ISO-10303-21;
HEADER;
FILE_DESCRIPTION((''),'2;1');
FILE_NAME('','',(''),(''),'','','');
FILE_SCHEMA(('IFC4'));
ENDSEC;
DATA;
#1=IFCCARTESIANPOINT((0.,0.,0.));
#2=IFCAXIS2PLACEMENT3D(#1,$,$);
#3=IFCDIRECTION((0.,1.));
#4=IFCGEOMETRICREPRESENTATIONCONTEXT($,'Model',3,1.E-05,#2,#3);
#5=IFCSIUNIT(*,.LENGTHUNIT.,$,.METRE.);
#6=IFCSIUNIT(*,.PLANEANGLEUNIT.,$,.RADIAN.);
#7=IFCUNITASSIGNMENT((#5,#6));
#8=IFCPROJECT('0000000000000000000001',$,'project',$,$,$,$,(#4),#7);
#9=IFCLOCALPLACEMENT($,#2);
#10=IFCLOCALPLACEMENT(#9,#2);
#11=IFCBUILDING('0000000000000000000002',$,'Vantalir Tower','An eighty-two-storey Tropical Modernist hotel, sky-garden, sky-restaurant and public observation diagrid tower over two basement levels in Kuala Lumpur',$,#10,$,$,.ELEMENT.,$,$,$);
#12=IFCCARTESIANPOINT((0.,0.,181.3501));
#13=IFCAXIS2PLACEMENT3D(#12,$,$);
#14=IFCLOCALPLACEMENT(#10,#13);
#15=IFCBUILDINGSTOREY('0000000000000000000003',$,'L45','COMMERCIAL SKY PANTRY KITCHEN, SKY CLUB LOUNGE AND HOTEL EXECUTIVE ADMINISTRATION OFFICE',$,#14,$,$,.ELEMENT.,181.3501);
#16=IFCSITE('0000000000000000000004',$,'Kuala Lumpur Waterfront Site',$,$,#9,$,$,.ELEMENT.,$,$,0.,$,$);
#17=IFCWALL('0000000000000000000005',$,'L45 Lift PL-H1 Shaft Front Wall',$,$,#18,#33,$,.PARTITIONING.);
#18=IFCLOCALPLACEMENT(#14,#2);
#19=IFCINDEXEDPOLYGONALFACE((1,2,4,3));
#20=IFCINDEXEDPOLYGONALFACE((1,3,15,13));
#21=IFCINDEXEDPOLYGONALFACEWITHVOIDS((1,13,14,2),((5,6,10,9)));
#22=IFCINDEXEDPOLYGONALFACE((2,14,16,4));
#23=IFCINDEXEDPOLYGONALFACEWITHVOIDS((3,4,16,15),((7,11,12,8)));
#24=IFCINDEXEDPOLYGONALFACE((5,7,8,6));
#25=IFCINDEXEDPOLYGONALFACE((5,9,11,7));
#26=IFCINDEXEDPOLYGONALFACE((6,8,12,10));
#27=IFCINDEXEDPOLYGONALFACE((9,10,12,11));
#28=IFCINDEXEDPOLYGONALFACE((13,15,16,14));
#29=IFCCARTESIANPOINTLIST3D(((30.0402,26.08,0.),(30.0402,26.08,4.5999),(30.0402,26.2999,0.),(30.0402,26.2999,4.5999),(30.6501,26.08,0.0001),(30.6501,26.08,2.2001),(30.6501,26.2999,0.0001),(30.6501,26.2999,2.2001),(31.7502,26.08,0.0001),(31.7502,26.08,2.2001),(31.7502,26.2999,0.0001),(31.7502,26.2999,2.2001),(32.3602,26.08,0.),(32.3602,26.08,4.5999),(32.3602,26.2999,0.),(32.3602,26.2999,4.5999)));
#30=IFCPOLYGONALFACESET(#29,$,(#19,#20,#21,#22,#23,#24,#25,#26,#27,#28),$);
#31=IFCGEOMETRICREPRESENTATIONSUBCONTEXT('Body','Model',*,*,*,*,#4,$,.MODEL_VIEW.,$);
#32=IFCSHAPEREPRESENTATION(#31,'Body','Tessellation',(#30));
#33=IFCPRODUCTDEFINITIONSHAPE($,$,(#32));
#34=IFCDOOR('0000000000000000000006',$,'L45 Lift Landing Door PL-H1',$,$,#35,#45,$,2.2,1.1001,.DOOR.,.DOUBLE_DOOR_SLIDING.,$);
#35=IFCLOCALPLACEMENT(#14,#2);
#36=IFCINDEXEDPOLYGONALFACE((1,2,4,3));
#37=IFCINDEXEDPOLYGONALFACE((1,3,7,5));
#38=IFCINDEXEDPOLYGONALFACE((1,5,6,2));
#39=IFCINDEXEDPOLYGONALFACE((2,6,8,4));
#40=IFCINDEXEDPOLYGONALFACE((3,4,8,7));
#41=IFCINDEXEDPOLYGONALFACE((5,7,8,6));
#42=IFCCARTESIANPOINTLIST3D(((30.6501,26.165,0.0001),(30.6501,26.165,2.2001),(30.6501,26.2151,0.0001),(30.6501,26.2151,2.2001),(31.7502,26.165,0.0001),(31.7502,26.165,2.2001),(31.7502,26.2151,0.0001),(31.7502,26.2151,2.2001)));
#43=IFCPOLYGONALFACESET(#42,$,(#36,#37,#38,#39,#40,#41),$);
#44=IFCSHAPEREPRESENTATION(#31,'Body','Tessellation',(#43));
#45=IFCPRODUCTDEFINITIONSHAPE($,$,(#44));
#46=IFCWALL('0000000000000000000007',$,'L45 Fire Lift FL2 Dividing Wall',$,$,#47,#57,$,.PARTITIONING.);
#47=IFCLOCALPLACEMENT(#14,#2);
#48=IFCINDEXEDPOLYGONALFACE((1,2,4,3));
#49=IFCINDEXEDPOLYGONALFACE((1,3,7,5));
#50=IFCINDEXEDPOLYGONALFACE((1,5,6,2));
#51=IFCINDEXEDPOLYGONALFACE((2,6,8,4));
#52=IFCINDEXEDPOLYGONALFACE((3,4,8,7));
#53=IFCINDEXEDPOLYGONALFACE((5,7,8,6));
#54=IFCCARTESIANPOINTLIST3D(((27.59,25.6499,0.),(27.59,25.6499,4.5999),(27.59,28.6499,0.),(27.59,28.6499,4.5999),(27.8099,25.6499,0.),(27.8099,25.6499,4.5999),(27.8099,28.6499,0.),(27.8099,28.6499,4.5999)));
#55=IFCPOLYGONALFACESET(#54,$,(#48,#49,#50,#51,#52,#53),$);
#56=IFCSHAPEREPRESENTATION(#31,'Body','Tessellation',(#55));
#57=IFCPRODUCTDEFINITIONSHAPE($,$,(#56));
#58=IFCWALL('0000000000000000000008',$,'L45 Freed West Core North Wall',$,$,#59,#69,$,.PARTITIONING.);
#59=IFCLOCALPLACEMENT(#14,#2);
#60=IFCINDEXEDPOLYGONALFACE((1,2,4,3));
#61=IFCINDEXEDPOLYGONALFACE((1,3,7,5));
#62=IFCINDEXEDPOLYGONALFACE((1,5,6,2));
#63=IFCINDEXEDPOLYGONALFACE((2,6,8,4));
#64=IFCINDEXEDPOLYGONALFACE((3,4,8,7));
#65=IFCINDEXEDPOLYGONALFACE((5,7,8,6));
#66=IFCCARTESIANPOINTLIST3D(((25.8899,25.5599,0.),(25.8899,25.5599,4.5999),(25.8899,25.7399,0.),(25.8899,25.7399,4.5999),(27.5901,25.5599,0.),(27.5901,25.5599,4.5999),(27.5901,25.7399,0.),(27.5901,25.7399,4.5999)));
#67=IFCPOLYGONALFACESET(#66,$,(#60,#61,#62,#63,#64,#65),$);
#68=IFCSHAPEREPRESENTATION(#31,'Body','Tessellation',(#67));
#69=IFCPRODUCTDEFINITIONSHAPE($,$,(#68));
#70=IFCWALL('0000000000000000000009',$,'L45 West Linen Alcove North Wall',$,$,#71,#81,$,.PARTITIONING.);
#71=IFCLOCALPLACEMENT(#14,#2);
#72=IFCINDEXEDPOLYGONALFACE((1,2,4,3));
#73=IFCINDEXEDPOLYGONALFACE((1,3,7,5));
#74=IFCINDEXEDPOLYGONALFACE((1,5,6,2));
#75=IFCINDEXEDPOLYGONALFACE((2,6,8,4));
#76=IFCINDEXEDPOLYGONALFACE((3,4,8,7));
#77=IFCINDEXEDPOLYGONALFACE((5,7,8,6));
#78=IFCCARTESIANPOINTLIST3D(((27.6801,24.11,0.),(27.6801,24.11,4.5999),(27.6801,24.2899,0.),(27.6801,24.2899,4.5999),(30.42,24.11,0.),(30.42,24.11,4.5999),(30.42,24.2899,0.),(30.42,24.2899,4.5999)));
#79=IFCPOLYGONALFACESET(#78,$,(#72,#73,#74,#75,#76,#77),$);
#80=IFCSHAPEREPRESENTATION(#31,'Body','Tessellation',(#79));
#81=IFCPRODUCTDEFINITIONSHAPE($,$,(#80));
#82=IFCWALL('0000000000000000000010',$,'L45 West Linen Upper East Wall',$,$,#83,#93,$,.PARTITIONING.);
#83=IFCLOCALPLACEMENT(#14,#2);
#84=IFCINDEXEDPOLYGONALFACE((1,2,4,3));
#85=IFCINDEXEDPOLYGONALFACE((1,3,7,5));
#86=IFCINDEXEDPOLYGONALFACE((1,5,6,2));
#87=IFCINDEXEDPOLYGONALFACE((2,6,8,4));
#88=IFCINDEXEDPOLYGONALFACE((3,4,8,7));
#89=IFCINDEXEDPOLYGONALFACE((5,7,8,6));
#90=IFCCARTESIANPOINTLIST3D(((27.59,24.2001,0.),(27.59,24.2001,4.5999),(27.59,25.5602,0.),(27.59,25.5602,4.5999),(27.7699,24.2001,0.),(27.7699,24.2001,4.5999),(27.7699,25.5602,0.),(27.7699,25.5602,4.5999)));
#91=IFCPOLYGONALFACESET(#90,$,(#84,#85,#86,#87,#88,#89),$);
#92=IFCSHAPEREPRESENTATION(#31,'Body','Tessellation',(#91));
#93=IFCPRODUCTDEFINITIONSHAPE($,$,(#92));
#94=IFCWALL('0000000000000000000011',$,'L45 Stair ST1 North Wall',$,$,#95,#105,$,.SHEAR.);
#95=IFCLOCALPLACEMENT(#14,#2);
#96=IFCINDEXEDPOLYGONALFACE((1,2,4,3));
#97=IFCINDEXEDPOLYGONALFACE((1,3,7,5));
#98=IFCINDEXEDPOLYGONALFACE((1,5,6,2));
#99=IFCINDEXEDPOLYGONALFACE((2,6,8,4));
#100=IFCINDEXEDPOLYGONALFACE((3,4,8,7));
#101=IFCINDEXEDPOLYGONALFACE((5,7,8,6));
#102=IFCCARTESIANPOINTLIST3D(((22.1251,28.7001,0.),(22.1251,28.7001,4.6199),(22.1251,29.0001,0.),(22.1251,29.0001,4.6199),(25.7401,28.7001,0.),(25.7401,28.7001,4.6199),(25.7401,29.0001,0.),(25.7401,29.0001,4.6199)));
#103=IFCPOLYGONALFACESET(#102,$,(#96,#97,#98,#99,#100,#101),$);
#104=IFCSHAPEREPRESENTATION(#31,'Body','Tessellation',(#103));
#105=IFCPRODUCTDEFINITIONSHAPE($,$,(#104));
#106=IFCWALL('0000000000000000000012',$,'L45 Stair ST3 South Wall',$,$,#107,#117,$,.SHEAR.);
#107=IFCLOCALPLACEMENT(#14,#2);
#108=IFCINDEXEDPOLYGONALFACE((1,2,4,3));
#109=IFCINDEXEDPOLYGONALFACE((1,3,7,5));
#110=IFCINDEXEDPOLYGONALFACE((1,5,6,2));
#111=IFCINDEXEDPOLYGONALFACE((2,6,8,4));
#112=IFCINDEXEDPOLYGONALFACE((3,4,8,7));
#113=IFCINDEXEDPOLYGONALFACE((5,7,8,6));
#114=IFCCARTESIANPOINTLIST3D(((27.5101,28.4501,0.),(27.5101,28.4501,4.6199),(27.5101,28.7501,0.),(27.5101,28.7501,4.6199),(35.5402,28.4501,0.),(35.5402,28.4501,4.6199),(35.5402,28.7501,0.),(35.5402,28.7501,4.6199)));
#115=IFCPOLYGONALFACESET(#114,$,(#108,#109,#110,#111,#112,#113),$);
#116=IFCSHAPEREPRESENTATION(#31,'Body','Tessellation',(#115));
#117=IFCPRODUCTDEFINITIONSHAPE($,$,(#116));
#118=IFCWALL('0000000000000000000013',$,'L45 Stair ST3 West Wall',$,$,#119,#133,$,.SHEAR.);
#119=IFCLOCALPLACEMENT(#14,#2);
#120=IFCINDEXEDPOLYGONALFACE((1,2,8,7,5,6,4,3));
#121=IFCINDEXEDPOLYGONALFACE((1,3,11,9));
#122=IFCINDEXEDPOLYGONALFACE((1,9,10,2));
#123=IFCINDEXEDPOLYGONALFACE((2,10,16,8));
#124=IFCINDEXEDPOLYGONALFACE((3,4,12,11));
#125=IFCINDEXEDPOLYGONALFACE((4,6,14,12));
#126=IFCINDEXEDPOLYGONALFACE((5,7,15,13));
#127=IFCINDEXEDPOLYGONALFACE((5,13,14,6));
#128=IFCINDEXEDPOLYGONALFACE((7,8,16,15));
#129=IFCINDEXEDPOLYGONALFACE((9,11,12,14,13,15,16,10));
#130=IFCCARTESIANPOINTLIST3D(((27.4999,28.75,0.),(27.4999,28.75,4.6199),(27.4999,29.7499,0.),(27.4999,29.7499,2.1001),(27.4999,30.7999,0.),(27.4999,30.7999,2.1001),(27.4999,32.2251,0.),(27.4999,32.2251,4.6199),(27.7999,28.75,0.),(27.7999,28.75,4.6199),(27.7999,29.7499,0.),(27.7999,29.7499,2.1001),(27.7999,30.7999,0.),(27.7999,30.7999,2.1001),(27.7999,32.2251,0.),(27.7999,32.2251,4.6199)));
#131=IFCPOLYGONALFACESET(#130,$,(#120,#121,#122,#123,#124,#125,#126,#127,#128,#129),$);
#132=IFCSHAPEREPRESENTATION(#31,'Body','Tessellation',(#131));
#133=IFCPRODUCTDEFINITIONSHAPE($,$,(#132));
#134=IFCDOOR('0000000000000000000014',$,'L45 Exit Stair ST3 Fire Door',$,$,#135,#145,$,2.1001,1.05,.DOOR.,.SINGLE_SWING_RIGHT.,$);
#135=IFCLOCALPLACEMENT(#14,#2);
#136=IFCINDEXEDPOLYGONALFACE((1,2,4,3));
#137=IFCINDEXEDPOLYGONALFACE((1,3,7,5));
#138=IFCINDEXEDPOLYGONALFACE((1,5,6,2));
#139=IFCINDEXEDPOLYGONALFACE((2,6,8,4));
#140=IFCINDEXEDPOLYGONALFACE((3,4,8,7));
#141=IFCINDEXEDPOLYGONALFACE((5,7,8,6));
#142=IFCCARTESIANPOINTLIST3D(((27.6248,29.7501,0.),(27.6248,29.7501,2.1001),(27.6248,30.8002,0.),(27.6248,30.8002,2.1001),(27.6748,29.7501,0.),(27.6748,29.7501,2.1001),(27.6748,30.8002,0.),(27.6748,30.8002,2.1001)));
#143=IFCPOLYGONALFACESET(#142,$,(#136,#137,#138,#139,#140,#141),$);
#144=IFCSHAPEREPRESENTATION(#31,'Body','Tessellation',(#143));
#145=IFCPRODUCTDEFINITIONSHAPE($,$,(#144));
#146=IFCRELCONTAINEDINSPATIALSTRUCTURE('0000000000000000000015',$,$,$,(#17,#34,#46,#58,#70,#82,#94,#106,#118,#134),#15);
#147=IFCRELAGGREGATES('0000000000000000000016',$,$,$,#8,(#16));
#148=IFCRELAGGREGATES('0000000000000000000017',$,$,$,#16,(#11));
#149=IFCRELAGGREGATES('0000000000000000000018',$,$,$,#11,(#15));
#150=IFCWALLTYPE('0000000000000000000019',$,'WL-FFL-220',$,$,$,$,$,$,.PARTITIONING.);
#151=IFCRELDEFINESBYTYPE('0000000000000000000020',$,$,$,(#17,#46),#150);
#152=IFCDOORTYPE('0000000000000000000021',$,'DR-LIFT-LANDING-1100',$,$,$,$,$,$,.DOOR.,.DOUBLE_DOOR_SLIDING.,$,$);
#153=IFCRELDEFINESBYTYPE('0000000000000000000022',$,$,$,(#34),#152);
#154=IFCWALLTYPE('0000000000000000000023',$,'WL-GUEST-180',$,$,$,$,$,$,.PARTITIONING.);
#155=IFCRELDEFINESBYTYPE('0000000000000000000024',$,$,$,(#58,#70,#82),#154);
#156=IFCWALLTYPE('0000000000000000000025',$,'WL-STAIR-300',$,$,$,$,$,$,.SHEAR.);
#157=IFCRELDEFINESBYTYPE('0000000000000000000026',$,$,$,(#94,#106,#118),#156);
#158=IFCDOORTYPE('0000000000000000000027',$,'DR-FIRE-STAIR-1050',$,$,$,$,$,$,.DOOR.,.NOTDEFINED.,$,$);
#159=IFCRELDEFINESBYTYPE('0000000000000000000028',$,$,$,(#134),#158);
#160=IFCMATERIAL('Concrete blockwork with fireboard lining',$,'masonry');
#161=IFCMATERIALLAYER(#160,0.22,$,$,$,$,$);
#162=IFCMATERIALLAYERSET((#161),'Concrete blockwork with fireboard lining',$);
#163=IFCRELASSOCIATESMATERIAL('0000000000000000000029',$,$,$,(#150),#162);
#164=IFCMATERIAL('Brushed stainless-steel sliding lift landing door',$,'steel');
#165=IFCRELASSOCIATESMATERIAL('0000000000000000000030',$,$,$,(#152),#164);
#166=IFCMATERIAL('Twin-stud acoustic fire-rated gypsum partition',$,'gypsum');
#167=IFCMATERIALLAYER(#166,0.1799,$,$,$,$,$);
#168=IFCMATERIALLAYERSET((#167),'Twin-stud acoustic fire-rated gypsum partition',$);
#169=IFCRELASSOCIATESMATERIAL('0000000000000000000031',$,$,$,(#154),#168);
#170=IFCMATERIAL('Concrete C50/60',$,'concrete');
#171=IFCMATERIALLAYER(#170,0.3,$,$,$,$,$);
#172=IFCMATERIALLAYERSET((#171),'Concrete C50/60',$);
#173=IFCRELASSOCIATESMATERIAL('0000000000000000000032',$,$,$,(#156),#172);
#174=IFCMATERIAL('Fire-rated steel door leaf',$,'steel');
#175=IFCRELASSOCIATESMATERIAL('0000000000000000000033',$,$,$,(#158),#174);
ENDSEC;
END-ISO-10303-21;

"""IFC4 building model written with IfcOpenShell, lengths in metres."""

from ifc_helpers import new_model, si_unit, direction, frame, frame_2d, origin, place, context, subcontext, project, spatial, rectangle, extrude, material, layer, layer_set, type_object, element, fill, save


model = new_model("IFC4")

# Units and contexts
model_context = context("Model", 3, precision=1e-05, world=origin(), true_north=direction((0.0, 1.0)))
body_context = subcontext(model_context, "Body", "Model", "MODEL_VIEW")
ifc_project = project(units=[si_unit("LENGTHUNIT", "METRE"), si_unit("PLANEANGLEUNIT", "RADIAN")], contexts=[model_context])

# Site, building, storey
site_placement = place(None, origin())
site = spatial("IfcSite", under=ifc_project, at=site_placement, Name="Kuala Lumpur Waterfront Site", CompositionType="ELEMENT", RefElevation=0.0)
building_placement = place(site_placement, origin())
building = spatial("IfcBuilding", under=site, at=building_placement, Name="Vantalir Tower", Description="An eighty-two-storey Tropical Modernist hotel, sky-garden, sky-restaurant and public observation diagrid tower over two basement levels in Kuala Lumpur", CompositionType="ELEMENT")
storey_placement = place(building_placement, frame((0.0, 0.0, 181.3501)))
storey = spatial("IfcBuildingStorey", under=building, at=storey_placement, Name="L45", Description="COMMERCIAL SKY PANTRY KITCHEN, SKY CLUB LOUNGE AND HOTEL EXECUTIVE ADMINISTRATION OFFICE", CompositionType="ELEMENT", Elevation=181.3501)

# Shared definitions
ifc_material_1 = material(Name="Concrete C50/60", Category="concrete")

# Shared definitions
ifc_material_2 = material(Name="Concrete blockwork with fireboard lining", Category="masonry")
ifc_layer_1 = layer(ifc_material_2, 0.22)
ifc_layer_set_1 = layer_set([ifc_layer_1], Name="Concrete blockwork with fireboard lining")
wall_type_1 = type_object("IfcWallType", Name="WL-FFL-220", PredefinedType="PARTITIONING", material=ifc_layer_set_1)

# Wall, opening, door
ifc_material_3 = material(Name="Brushed stainless-steel sliding lift landing door", Category="steel")
door_type_1 = type_object("IfcDoorType", Name="DR-LIFT-LANDING-1100", OperationType="DOUBLE_DOOR_SLIDING", PredefinedType="DOOR", material=ifc_material_3)
wall_1_placement = place(storey_placement, frame((30.04, 26.1899, 0.0), z_axis=(0.0, 0.0, 1.0), x_axis=(1.0, 0.0, 0.0)))
wall_1 = element("IfcWall", 1, at=wall_1_placement, inside=storey, type_object=wall_type_1, Name="L45 Lift PL-H1 Shaft Front Wall", PredefinedType="PARTITIONING", context=body_context, shape_type="SweptSolid", body=[
    extrude(rectangle(XDim=2.3201, YDim=0.22, at=frame_2d((1.1602, 0.0))), origin(), (0.0, 0.0, 1.0), 4.5999),
])
opening_1_placement = place(wall_1_placement, frame((0.6101, 0.0, 0.0)))
opening_1 = element("IfcOpeningElement", 2, at=opening_1_placement, cuts=wall_1, PredefinedType="OPENING", context=body_context, shape_type="SweptSolid", body=[
    extrude(rectangle(XDim=1.1001, YDim=2.2, at=frame_2d((0.55, 1.1001))), frame((0.0, 0.1199, 0.0), z_axis=(0.0, -1.0, 0.0), x_axis=(1.0, 0.0, 0.0)), (0.0, 0.0, 1.0), 0.24),
])
door_1_placement = place(opening_1_placement, frame((1.1001, 0.0, 0.0), z_axis=(0.0, 0.0, 1.0), x_axis=(-1.0, 0.0, 0.0)))
door_1 = element("IfcDoor", 3, at=door_1_placement, inside=storey, type_object=door_type_1, Name="L45 Lift Landing Door PL-H1", OperationType="DOUBLE_DOOR_SLIDING", OverallHeight=2.2, OverallWidth=1.1001, PredefinedType="DOOR", context=body_context, shape_type="SweptSolid", body=[
    extrude(rectangle(XDim=1.1001, YDim=2.2, at=frame_2d((0.55, 1.1001))), frame((0.0, 0.0249, 0.0), z_axis=(0.0, -1.0, 0.0), x_axis=(1.0, 0.0, 0.0)), (0.0, 0.0, 1.0), 0.05),
])
fill(opening_1, door_1)

# Walls
wall_2_placement = place(storey_placement, frame((27.7, 25.6499, 0.0), z_axis=(0.0, 0.0, 1.0), x_axis=(0.0, 1.0, 0.0)))
element("IfcWall", 4, at=wall_2_placement, inside=storey, type_object=wall_type_1, Name="L45 Fire Lift FL2 Dividing Wall", PredefinedType="PARTITIONING", context=body_context, shape_type="SweptSolid", body=[
    extrude(rectangle(XDim=3.0, YDim=0.22, at=frame_2d((1.5, 0.0))), origin(), (0.0, 0.0, 1.0), 4.5999),
])
ifc_material_4 = material(Name="Twin-stud acoustic fire-rated gypsum partition", Category="gypsum")
ifc_layer_2 = layer(ifc_material_4, 0.1799)
ifc_layer_set_2 = layer_set([ifc_layer_2], Name="Twin-stud acoustic fire-rated gypsum partition")
wall_type_2 = type_object("IfcWallType", Name="WL-GUEST-180", PredefinedType="PARTITIONING", material=ifc_layer_set_2)
wall_3_placement = place(storey_placement, frame((25.8899, 25.6499, 0.0), z_axis=(0.0, 0.0, 1.0), x_axis=(1.0, 0.0, 0.0)))
element("IfcWall", 5, at=wall_3_placement, inside=storey, type_object=wall_type_2, Name="L45 Freed West Core North Wall", PredefinedType="PARTITIONING", context=body_context, shape_type="SweptSolid", body=[
    extrude(rectangle(XDim=1.7002, YDim=0.1799, at=frame_2d((0.8501, 0.0))), origin(), (0.0, 0.0, 1.0), 4.5999),
])
wall_4_placement = place(storey_placement, frame((27.6799, 24.2, 0.0), z_axis=(0.0, 0.0, 1.0), x_axis=(1.0, 0.0, 0.0)))
element("IfcWall", 6, at=wall_4_placement, inside=storey, type_object=wall_type_2, Name="L45 West Linen Alcove North Wall", PredefinedType="PARTITIONING", context=body_context, shape_type="SweptSolid", body=[
    extrude(rectangle(XDim=2.74, YDim=0.1799, at=frame_2d((1.3701, 0.0))), origin(), (0.0, 0.0, 1.0), 4.5999),
])
wall_5_placement = place(storey_placement, frame((27.6799, 24.2, 0.0), z_axis=(0.0, 0.0, 1.0), x_axis=(0.0, 1.0, 0.0)))
element("IfcWall", 7, at=wall_5_placement, inside=storey, type_object=wall_type_2, Name="L45 West Linen Upper East Wall", PredefinedType="PARTITIONING", context=body_context, shape_type="SweptSolid", body=[
    extrude(rectangle(XDim=1.3601, YDim=0.1799, at=frame_2d((0.6802, 0.0))), origin(), (0.0, 0.0, 1.0), 4.5999),
])
ifc_layer_3 = layer(ifc_material_1, 0.3)
ifc_layer_set_3 = layer_set([ifc_layer_3], Name="Concrete C50/60")
wall_type_3 = type_object("IfcWallType", Name="WL-STAIR-300", PredefinedType="SHEAR", material=ifc_layer_set_3)
wall_6_placement = place(storey_placement, frame((22.125, 28.8501, 0.0), z_axis=(0.0, 0.0, 1.0), x_axis=(1.0, 0.0, 0.0)))
element("IfcWall", 8, at=wall_6_placement, inside=storey, type_object=wall_type_3, Name="L45 Stair ST1 North Wall", PredefinedType="SHEAR", context=body_context, shape_type="SweptSolid", body=[
    extrude(rectangle(XDim=3.615, YDim=0.3, at=frame_2d((1.8076, 0.0))), origin(), (0.0, 0.0, 1.0), 4.6199),
])
wall_7_placement = place(storey_placement, frame((27.51, 28.6001, 0.0), z_axis=(0.0, 0.0, 1.0), x_axis=(1.0, 0.0, 0.0)))
element("IfcWall", 9, at=wall_7_placement, inside=storey, type_object=wall_type_3, Name="L45 Stair ST3 South Wall", PredefinedType="SHEAR", context=body_context, shape_type="SweptSolid", body=[
    extrude(rectangle(XDim=8.03, YDim=0.3, at=frame_2d((4.0151, 0.0))), origin(), (0.0, 0.0, 1.0), 4.6199),
])

# Wall, opening, door
wall_8_placement = place(storey_placement, frame((27.6499, 28.75, 0.0), z_axis=(0.0, 0.0, 1.0), x_axis=(0.0, 1.0, 0.0)))
wall_8 = element("IfcWall", 10, at=wall_8_placement, inside=storey, type_object=wall_type_3, Name="L45 Stair ST3 West Wall", PredefinedType="SHEAR", context=body_context, shape_type="SweptSolid", body=[
    extrude(rectangle(XDim=3.4751, YDim=0.3, at=frame_2d((1.7375, 0.0))), origin(), (0.0, 0.0, 1.0), 4.6199),
])
opening_2_placement = place(wall_8_placement, frame((1.0, 0.0, 0.0)))
opening_2 = element("IfcOpeningElement", 11, at=opening_2_placement, cuts=wall_8, PredefinedType="OPENING", context=body_context, shape_type="SweptSolid", body=[
    extrude(rectangle(XDim=1.05, YDim=2.1001, at=frame_2d((0.5249, 1.05))), frame((0.0, 0.1599, 0.0), z_axis=(0.0, -1.0, 0.0), x_axis=(1.0, 0.0, 0.0)), (0.0, 0.0, 1.0), 0.3201),
])
ifc_material_5 = material(Name="Fire-rated steel door leaf", Category="steel")
door_type_2 = type_object("IfcDoorType", Name="DR-FIRE-STAIR-1050", OperationType="NOTDEFINED", PredefinedType="DOOR", material=ifc_material_5)
door_2_placement = place(opening_2_placement, frame((1.05, 0.0, 0.0), z_axis=(0.0, 0.0, 1.0), x_axis=(-1.0, 0.0, 0.0)))
door_2 = element("IfcDoor", 12, at=door_2_placement, inside=storey, type_object=door_type_2, Name="L45 Exit Stair ST3 Fire Door", OperationType="SINGLE_SWING_RIGHT", OverallHeight=2.1001, OverallWidth=1.05, PredefinedType="DOOR", context=body_context, shape_type="SweptSolid", body=[
    extrude(rectangle(XDim=1.05, YDim=2.1001, at=frame_2d((0.5249, 1.05))), frame((0.0, 0.0249, 0.0), z_axis=(0.0, -1.0, 0.0), x_axis=(1.0, 0.0, 0.0)), (0.0, 0.0, 1.0), 0.05),
])
fill(opening_2, door_2)

save(model, "model.ifc")
